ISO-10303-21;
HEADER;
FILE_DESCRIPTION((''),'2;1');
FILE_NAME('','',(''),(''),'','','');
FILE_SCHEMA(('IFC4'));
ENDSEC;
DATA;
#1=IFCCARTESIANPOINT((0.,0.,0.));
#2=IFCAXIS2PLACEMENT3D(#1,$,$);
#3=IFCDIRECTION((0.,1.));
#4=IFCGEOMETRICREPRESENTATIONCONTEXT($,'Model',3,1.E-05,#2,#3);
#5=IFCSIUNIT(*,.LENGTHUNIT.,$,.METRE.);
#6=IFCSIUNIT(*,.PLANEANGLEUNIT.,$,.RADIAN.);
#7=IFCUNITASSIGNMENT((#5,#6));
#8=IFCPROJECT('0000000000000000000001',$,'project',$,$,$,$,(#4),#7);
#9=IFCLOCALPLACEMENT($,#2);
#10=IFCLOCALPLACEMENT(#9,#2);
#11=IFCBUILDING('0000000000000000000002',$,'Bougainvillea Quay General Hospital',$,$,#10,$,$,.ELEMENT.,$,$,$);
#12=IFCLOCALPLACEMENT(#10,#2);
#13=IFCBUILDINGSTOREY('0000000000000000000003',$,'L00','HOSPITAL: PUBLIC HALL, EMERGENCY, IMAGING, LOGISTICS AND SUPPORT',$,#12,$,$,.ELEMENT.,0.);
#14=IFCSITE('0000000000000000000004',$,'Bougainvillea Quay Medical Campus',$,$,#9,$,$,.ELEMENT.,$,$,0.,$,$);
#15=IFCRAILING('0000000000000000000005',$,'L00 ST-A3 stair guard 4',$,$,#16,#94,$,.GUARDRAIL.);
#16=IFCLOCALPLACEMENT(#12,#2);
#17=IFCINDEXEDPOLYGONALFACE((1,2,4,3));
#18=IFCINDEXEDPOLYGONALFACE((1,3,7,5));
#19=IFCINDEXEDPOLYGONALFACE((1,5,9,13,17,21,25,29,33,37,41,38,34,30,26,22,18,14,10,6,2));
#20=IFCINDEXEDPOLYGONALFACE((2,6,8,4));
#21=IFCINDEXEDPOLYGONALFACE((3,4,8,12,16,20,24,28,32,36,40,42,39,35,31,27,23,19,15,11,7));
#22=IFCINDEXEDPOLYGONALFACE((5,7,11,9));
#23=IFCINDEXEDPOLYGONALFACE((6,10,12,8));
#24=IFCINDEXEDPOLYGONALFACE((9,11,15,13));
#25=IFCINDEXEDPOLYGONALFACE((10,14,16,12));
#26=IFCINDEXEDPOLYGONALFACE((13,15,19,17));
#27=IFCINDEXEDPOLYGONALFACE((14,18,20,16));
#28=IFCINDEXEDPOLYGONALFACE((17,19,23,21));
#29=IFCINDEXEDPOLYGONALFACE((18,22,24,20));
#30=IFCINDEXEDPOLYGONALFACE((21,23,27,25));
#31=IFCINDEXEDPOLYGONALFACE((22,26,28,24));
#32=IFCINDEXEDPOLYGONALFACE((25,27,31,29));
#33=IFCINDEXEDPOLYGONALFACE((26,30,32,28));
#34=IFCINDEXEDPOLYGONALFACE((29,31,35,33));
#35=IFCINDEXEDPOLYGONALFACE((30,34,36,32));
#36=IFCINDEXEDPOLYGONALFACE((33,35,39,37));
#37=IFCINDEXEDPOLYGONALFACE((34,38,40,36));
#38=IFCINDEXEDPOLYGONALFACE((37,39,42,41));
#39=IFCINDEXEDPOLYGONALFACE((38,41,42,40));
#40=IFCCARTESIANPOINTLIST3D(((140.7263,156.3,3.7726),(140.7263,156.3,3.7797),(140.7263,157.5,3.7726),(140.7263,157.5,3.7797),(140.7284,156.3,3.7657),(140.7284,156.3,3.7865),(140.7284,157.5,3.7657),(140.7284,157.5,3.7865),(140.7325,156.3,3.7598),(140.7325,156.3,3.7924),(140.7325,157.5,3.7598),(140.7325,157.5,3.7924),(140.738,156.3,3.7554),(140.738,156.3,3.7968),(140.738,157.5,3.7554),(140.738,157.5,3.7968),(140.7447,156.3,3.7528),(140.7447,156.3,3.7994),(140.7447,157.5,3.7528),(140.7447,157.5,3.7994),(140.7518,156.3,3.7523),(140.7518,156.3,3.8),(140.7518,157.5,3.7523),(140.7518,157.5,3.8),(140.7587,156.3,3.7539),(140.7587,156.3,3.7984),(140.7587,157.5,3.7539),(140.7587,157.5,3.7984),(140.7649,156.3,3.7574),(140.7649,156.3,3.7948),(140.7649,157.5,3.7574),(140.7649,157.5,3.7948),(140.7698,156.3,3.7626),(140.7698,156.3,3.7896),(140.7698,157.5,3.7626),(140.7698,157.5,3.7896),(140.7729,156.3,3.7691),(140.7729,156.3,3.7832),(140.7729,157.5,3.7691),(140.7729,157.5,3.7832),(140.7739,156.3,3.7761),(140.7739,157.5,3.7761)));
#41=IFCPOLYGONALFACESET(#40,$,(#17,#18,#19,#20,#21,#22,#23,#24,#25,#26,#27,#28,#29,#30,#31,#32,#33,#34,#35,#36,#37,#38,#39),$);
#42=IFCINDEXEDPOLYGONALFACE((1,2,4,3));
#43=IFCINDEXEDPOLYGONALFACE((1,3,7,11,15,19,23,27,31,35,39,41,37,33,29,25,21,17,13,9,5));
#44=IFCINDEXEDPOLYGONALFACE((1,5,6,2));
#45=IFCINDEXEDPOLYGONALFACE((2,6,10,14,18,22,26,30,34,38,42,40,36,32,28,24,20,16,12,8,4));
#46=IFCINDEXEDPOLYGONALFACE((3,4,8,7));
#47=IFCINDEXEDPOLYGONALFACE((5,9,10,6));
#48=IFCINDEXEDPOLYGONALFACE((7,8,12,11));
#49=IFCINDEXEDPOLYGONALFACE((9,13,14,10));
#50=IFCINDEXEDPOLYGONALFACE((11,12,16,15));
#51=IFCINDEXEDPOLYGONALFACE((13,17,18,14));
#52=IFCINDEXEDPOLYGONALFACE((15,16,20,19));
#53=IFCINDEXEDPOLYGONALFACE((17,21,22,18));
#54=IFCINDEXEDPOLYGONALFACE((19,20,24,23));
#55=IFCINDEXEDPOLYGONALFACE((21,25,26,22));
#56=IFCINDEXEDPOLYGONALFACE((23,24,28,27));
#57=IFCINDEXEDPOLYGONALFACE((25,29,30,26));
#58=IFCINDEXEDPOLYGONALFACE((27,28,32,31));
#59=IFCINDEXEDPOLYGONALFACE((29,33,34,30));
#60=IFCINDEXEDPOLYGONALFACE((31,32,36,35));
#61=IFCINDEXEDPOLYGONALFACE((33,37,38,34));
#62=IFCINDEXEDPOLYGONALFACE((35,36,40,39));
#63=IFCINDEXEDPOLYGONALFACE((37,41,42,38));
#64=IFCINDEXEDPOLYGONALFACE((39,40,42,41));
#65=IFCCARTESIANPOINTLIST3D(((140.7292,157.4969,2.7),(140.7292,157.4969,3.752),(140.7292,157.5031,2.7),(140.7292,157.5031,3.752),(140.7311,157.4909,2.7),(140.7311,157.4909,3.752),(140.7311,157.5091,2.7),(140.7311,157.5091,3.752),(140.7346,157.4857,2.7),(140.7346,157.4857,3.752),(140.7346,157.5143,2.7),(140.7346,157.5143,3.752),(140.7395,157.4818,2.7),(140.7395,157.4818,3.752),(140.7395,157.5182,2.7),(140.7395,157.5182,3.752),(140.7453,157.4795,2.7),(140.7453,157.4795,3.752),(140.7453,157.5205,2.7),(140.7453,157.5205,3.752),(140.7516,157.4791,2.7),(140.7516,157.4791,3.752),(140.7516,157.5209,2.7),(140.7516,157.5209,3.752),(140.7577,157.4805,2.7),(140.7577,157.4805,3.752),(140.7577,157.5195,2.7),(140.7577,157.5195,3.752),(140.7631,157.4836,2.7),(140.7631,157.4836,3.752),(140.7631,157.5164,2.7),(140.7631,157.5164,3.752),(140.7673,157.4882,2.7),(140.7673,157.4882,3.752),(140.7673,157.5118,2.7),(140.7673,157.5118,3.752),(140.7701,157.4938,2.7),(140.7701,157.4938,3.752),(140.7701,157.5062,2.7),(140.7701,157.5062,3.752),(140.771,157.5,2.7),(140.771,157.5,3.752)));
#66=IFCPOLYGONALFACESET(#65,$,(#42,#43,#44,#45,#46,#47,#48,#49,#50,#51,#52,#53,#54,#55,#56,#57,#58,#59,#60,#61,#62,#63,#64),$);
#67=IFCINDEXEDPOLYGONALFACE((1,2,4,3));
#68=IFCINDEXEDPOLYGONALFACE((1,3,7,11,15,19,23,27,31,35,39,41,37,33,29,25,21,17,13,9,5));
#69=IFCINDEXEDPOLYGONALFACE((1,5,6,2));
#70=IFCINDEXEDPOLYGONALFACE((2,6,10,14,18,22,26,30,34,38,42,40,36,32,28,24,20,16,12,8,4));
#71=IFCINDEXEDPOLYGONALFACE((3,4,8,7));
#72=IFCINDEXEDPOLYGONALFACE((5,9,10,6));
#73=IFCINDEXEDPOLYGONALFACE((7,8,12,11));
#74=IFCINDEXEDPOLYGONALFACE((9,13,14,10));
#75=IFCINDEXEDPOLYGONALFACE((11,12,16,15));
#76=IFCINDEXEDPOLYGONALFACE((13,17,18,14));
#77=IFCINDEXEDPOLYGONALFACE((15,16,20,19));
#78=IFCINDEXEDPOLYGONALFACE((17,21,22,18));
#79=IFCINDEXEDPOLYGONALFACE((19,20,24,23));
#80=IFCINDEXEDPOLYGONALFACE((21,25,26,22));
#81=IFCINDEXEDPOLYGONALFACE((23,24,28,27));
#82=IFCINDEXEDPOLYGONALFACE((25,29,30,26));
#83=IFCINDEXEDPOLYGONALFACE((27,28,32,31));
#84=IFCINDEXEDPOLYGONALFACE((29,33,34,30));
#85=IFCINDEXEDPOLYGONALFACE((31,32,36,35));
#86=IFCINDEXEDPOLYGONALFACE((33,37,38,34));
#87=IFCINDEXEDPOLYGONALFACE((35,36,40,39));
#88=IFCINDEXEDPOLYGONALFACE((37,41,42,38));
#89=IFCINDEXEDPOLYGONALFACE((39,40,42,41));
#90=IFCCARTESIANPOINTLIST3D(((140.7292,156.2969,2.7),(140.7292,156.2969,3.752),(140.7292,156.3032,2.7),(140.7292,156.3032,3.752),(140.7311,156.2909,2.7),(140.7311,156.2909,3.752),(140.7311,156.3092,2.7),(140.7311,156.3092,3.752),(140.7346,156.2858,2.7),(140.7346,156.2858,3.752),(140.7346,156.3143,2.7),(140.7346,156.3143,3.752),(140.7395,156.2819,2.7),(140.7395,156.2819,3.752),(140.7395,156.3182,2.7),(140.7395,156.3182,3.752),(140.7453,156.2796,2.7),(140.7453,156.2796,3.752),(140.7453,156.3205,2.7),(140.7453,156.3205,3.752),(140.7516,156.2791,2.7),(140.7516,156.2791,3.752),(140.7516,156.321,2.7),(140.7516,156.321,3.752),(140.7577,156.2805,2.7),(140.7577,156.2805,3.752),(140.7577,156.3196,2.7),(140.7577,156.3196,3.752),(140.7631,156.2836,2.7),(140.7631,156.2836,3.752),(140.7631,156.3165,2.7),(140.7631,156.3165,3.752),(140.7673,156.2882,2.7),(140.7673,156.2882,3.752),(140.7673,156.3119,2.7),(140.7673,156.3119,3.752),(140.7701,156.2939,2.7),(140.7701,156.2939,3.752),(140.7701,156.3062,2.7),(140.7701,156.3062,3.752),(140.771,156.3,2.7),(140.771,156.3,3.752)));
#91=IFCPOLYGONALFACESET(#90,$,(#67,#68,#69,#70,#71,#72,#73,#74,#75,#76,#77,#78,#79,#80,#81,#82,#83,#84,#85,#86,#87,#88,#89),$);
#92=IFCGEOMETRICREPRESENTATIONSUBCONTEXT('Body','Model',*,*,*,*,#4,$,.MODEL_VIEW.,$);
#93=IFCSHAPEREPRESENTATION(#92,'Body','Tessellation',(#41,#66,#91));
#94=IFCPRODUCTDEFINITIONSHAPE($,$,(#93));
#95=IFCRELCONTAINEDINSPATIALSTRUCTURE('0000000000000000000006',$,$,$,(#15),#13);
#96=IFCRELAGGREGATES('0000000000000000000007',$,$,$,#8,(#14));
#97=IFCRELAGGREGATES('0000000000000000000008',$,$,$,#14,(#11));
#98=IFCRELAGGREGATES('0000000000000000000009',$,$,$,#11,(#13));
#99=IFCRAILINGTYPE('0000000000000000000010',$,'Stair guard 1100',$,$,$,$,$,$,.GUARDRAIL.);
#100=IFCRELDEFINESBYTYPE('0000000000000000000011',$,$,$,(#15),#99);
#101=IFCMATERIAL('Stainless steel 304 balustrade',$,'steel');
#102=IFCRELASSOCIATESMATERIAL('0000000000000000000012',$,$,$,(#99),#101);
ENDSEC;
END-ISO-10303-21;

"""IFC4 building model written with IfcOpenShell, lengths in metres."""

from ifc_helpers import new_model, si_unit, direction, frame, origin, origin_2d, place, context, subcontext, project, spatial, circle, extrude, material, type_object, element, save


model = new_model("IFC4")

# Units and contexts
model_context = context("Model", 3, precision=1e-05, world=origin(), true_north=direction((0.0, 1.0)))
body_context = subcontext(model_context, "Body", "Model", "MODEL_VIEW")
ifc_project = project(units=[si_unit("LENGTHUNIT", "METRE"), si_unit("PLANEANGLEUNIT", "RADIAN")], contexts=[model_context])

# Site, building, storey
site_placement = place(None, origin())
site = spatial("IfcSite", under=ifc_project, at=site_placement, Name="Bougainvillea Quay Medical Campus", CompositionType="ELEMENT", RefElevation=0.0)
building_placement = place(site_placement, origin())
building = spatial("IfcBuilding", under=site, at=building_placement, Name="Bougainvillea Quay General Hospital", CompositionType="ELEMENT")
storey_placement = place(building_placement, origin())
storey = spatial("IfcBuildingStorey", under=building, at=storey_placement, Name="L00", Description="HOSPITAL: PUBLIC HALL, EMERGENCY, IMAGING, LOGISTICS AND SUPPORT", CompositionType="ELEMENT", Elevation=0.0)

# Railing
ifc_material_1 = material(Name="Stainless steel 304 balustrade", Category="steel")
railing_type_1 = type_object("IfcRailingType", Name="Stair guard 1100", PredefinedType="GUARDRAIL", material=ifc_material_1)
railing_1_placement = place(storey_placement, frame((140.75, 157.5, 2.7)))
element("IfcRailing", 1, at=railing_1_placement, inside=storey, type_object=railing_type_1, Name="L00 ST-A3 stair guard 4", PredefinedType="GUARDRAIL", context=body_context, shape_type="SweptSolid", body=[
    extrude(circle(Radius=0.0239, at=origin_2d()), frame((0.0, 0.0, 1.0762), z_axis=(0.0, -1.0, 0.0), x_axis=(1.0, 0.0, 0.0)), (0.0, 0.0, 1.0), 1.2),
    extrude(circle(Radius=0.021, at=origin_2d()), origin(), (0.0, 0.0, 1.0), 1.052),
    extrude(circle(Radius=0.021, at=origin_2d()), frame((0.0, -1.2, 0.0)), (0.0, 0.0, 1.0), 1.052),
])

save(model, "model.ifc")
